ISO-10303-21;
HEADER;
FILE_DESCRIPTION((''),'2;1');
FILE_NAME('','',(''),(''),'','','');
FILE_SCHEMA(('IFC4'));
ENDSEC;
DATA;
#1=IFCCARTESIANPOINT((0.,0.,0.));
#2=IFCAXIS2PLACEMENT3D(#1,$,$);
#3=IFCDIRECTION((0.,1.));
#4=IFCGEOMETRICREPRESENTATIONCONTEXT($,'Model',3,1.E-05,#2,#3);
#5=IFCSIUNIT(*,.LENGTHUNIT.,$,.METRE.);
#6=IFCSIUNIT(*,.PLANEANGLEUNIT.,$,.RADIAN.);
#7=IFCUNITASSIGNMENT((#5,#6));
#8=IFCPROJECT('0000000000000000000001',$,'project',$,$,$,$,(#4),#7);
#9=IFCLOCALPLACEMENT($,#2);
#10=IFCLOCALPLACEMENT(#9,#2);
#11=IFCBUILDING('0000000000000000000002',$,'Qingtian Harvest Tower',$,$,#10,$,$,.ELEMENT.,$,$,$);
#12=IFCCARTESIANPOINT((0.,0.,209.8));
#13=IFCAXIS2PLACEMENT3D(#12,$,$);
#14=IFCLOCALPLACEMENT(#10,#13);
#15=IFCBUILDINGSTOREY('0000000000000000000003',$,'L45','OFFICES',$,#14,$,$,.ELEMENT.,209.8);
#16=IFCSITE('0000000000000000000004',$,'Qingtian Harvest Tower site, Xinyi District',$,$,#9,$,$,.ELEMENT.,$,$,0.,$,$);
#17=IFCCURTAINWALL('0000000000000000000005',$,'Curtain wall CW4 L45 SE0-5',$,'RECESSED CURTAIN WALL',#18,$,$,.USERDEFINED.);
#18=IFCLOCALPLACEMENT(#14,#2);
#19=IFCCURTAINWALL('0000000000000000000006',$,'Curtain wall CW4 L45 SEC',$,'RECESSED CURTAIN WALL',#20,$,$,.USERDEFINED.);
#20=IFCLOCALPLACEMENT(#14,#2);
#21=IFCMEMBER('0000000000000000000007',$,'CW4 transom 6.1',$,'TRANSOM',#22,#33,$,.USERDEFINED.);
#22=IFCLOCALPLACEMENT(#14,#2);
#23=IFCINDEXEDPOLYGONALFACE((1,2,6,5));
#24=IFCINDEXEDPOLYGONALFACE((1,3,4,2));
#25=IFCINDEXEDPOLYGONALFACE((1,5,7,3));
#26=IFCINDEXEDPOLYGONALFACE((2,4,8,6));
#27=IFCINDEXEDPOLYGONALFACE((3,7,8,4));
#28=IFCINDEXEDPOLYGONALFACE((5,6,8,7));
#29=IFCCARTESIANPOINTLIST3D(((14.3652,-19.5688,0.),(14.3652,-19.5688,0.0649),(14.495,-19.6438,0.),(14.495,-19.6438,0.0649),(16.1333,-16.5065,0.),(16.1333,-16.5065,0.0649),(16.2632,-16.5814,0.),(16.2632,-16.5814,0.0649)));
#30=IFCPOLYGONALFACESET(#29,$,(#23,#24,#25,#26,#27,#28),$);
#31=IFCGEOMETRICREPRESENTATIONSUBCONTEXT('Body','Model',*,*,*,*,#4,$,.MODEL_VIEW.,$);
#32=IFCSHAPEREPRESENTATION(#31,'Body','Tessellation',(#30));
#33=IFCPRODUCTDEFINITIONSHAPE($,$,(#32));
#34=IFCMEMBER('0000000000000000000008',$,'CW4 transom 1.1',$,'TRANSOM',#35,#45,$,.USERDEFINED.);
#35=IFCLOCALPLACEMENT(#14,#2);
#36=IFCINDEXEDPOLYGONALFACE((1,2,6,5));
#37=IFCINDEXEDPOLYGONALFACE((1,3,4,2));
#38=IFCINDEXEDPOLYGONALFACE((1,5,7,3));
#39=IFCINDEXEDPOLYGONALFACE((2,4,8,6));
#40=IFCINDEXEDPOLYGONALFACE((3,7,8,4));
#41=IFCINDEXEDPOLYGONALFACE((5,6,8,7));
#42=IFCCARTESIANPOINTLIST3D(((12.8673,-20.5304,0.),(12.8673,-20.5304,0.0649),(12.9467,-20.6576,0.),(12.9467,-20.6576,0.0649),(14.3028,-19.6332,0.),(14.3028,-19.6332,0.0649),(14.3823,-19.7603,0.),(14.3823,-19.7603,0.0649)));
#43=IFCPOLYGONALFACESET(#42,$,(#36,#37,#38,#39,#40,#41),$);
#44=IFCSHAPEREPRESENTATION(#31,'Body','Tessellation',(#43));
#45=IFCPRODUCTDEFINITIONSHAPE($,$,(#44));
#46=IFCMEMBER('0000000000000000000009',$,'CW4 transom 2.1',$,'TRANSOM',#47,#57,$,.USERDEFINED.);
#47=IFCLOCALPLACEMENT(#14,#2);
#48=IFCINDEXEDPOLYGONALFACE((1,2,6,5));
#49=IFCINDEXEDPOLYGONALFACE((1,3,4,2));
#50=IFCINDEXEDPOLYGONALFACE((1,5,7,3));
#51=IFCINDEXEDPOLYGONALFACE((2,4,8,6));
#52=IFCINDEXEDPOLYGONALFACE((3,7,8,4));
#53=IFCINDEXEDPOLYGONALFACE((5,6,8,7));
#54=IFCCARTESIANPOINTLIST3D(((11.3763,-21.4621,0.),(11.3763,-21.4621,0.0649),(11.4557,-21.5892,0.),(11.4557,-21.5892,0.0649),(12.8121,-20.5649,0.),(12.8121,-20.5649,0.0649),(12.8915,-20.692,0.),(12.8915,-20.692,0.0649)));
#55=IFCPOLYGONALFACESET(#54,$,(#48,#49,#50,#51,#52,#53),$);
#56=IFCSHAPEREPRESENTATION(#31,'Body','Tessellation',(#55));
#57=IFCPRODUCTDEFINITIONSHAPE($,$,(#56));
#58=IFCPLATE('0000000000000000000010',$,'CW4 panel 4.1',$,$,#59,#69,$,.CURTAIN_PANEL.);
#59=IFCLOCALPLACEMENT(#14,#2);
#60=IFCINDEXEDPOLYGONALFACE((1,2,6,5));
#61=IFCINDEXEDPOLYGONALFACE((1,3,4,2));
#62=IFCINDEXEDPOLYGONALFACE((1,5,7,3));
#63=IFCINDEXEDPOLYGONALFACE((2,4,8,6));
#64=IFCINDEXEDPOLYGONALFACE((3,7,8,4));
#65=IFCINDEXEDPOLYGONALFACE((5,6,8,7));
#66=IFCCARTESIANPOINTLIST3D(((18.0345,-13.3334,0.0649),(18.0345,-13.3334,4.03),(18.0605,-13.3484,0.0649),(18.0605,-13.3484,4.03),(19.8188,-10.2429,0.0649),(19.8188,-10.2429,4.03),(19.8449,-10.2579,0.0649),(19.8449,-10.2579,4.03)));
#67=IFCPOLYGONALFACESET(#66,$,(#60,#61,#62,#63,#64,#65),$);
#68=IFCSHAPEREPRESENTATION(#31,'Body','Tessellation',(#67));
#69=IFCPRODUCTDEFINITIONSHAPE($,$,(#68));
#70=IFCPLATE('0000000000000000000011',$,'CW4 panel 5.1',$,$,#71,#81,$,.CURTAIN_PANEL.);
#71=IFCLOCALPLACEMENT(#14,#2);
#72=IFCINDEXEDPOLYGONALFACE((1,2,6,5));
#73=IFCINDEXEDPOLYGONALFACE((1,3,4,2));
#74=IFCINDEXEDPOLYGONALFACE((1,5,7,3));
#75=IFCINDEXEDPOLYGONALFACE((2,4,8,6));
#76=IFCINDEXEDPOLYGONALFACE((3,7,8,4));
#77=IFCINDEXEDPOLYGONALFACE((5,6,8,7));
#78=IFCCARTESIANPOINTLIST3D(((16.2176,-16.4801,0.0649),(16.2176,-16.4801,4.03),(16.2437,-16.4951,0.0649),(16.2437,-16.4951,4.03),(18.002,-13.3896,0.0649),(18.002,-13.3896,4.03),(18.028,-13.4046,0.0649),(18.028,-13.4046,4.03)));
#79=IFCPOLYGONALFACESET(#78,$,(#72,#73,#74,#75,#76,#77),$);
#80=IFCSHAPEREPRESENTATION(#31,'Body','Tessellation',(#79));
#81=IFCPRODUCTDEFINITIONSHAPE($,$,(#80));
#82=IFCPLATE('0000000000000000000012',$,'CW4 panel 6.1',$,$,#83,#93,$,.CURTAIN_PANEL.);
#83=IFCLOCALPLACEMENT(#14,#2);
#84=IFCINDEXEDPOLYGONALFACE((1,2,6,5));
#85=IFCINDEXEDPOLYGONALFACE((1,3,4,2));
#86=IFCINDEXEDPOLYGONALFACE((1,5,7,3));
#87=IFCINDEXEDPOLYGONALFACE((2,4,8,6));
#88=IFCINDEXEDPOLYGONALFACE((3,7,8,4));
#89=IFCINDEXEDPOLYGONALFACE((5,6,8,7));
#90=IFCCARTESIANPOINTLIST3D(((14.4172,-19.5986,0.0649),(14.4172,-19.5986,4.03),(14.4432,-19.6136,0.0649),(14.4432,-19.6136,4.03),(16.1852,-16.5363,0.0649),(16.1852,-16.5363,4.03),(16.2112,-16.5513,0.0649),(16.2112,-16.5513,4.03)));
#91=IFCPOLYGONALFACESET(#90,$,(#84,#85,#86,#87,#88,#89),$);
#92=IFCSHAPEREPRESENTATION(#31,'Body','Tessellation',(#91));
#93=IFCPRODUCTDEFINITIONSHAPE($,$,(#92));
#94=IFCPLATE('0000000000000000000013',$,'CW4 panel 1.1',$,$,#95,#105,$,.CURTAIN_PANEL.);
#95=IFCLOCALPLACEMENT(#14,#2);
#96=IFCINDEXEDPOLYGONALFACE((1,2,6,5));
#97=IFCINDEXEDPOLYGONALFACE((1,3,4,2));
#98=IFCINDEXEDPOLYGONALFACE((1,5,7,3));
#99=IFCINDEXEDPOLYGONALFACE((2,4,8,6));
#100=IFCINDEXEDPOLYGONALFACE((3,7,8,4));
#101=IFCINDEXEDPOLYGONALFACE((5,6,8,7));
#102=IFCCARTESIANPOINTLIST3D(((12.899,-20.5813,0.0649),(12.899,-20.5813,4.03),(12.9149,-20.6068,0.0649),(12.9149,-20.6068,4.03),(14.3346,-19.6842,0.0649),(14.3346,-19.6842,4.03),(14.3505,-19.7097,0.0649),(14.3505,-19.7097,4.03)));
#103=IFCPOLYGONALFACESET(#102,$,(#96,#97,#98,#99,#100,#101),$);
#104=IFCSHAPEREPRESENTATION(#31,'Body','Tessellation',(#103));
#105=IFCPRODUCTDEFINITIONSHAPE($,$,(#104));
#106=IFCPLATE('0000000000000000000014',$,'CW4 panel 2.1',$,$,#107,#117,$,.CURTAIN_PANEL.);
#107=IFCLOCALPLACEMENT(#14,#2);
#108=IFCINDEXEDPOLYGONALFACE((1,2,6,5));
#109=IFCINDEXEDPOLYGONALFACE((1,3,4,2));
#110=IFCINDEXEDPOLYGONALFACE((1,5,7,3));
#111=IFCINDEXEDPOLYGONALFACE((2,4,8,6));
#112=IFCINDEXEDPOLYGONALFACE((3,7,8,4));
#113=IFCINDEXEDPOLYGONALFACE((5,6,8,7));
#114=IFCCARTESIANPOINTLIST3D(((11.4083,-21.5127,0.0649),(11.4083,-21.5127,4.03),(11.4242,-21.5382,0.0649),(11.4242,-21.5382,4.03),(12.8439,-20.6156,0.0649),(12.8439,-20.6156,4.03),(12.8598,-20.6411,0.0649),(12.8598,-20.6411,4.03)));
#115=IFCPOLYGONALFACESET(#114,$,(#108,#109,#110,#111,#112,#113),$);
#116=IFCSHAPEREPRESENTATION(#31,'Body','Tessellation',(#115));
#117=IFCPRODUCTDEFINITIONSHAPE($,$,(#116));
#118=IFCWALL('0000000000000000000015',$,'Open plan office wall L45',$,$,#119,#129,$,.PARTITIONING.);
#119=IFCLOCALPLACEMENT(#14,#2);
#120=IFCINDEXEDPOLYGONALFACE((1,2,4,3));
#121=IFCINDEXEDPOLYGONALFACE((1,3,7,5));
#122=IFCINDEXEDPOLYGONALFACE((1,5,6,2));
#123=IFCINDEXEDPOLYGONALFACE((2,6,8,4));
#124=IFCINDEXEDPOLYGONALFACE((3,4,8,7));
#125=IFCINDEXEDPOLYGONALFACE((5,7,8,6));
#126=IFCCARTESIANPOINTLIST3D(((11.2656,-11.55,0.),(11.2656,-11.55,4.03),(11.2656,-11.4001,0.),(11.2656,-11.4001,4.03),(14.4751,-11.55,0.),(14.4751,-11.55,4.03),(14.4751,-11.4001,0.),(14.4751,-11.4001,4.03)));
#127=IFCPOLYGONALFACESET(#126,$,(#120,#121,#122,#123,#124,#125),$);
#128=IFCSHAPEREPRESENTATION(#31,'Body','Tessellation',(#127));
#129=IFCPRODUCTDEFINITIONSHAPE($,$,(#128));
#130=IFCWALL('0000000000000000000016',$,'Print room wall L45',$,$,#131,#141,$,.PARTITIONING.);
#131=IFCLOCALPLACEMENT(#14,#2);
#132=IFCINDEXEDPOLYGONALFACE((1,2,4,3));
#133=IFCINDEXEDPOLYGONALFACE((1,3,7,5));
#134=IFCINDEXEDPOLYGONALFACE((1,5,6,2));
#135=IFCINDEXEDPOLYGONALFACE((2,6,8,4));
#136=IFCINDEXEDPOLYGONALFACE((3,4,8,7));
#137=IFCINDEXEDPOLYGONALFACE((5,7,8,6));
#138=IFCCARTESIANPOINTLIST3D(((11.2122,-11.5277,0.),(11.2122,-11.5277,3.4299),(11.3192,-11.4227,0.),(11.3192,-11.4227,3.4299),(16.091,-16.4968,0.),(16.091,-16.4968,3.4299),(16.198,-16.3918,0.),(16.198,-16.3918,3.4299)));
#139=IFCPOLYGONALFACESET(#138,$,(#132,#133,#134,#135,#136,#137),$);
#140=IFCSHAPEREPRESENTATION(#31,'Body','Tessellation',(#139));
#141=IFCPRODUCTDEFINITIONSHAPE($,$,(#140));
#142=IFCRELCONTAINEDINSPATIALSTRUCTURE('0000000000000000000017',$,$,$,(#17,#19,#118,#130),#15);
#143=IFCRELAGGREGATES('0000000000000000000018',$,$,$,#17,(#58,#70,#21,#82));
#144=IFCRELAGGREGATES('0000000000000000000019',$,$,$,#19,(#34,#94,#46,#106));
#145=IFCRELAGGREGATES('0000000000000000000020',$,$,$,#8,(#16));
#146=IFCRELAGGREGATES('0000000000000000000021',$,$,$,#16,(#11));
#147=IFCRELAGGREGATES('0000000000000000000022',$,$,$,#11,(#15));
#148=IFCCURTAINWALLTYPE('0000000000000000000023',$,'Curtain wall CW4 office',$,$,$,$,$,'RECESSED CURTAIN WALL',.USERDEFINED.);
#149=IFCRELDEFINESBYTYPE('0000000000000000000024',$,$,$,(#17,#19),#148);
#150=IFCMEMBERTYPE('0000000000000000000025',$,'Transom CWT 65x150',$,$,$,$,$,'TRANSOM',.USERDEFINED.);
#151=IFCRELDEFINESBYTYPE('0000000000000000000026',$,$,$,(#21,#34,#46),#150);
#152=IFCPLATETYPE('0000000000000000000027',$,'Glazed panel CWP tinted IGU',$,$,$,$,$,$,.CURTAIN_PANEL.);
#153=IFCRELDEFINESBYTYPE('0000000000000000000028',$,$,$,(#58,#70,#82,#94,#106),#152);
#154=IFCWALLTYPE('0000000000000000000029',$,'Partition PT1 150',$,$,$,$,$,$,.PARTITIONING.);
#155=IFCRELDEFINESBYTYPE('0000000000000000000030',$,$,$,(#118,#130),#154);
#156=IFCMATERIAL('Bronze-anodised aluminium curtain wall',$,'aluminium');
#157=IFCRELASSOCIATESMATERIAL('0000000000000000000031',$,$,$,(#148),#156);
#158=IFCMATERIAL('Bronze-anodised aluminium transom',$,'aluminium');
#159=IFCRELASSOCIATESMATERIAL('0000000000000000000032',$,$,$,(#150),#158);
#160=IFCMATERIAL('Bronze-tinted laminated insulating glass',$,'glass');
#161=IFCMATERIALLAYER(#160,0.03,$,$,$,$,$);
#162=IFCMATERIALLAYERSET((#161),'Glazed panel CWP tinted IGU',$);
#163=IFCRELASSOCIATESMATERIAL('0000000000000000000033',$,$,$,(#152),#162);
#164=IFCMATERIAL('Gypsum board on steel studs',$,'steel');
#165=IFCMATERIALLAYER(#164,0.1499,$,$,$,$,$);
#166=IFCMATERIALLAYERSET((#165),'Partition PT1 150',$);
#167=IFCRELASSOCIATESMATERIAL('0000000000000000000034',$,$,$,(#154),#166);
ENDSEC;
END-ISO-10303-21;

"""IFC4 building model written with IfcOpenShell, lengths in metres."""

from ifc_helpers import new_model, si_unit, direction, frame, frame_2d, origin, origin_2d, place, context, subcontext, project, spatial, rectangle, extrude, material, layer, layer_set, material_profile, profile_set, type_object, element, aggregate, save


model = new_model("IFC4")

# Units and contexts
model_context = context("Model", 3, precision=1e-05, world=origin(), true_north=direction((0.0, 1.0)))
body_context = subcontext(model_context, "Body", "Model", "MODEL_VIEW")
ifc_project = project(units=[si_unit("LENGTHUNIT", "METRE"), si_unit("PLANEANGLEUNIT", "RADIAN")], contexts=[model_context])

# Site, building, storey
site_placement = place(None, origin())
site = spatial("IfcSite", under=ifc_project, at=site_placement, Name="Qingtian Harvest Tower site, Xinyi District", CompositionType="ELEMENT", RefElevation=0.0)
building_placement = place(site_placement, origin())
building = spatial("IfcBuilding", under=site, at=building_placement, Name="Qingtian Harvest Tower", CompositionType="ELEMENT")
storey_placement = place(building_placement, frame((0.0, 0.0, 209.8)))
storey = spatial("IfcBuildingStorey", under=building, at=storey_placement, Name="L45", Description="OFFICES", CompositionType="ELEMENT", Elevation=209.8)

# Curtain walls
ifc_material_1 = material(Name="Bronze-anodised aluminium curtain wall", Category="aluminium")
curtain_wall_type = type_object("IfcCurtainWallType", Name="Curtain wall CW4 office", ElementType="RECESSED CURTAIN WALL", PredefinedType="USERDEFINED", material=ifc_material_1)
curtain_wall_1_placement = place(storey_placement, origin())
curtain_wall_1 = element("IfcCurtainWall", 1, at=curtain_wall_1_placement, inside=storey, type_object=curtain_wall_type, Name="Curtain wall CW4 L45 SE0-5", ObjectType="RECESSED CURTAIN WALL", PredefinedType="USERDEFINED")
curtain_wall_2_placement = place(storey_placement, origin())
curtain_wall_2 = element("IfcCurtainWall", 2, at=curtain_wall_2_placement, inside=storey, type_object=curtain_wall_type, Name="Curtain wall CW4 L45 SEC", ObjectType="RECESSED CURTAIN WALL", PredefinedType="USERDEFINED")

# Members
ifc_material_2 = material(Name="Bronze-anodised aluminium transom", Category="aluminium")
ifc_material_profile_1 = material_profile(ifc_material_2, rectangle(XDim=0.1499, YDim=0.0649, at=origin_2d()), Name="AL 65x150")
ifc_profile_set_1 = profile_set([ifc_material_profile_1], Name="Bronze-anodised aluminium transom")
member_type_1 = type_object("IfcMemberType", Name="Transom CWT 65x150", ElementType="TRANSOM", PredefinedType="USERDEFINED", material=ifc_profile_set_1)
member_1_placement = place(storey_placement, frame((16.1982, -16.5439, 0.0325), z_axis=(-0.500015, -0.866017, 0.0), x_axis=(0.866017, -0.500015, 0.0)))
member_1 = element("IfcMember", 3, at=member_1_placement, type_object=member_type_1, Name="CW4 transom 6.1", ObjectType="TRANSOM", PredefinedType="USERDEFINED", context=body_context, shape_type="SweptSolid", body=[
    extrude(rectangle(XDim=0.1499, YDim=0.0649, at=origin_2d()), origin(), (0.0, 0.0, 1.0), 3.5361),
])
member_2_placement = place(storey_placement, frame((14.3425, -19.6968, 0.0325), z_axis=(-0.847998, -0.529999, 0.0), x_axis=(0.529999, -0.847998, 0.0)))
member_2 = element("IfcMember", 4, at=member_2_placement, type_object=member_type_1, Name="CW4 transom 1.1", ObjectType="TRANSOM", PredefinedType="USERDEFINED", context=body_context, shape_type="SweptSolid", body=[
    extrude(rectangle(XDim=0.1499, YDim=0.0649, at=origin_2d()), origin(), (0.0, 0.0, 1.0), 1.6929),
])
member_3_placement = place(storey_placement, frame((12.8518, -20.6284, 0.0325), z_axis=(-0.848039, -0.529934, 0.0), x_axis=(0.529934, -0.848039, 0.0)))
member_3 = element("IfcMember", 5, at=member_3_placement, type_object=member_type_1, Name="CW4 transom 2.1", ObjectType="TRANSOM", PredefinedType="USERDEFINED", context=body_context, shape_type="SweptSolid", body=[
    extrude(rectangle(XDim=0.1499, YDim=0.0649, at=origin_2d()), origin(), (0.0, 0.0, 1.0), 1.6931),
])

# Plates
ifc_material_3 = material(Name="Bronze-tinted laminated insulating glass", Category="glass")
ifc_layer_1 = layer(ifc_material_3, 0.03)
ifc_layer_set_1 = layer_set([ifc_layer_1], Name="Glazed panel CWP tinted IGU")
plate_type = type_object("IfcPlateType", Name="Glazed panel CWP tinted IGU", PredefinedType="CURTAIN_PANEL", material=ifc_layer_set_1)
plate_1_placement = place(storey_placement, frame((18.9397, -11.7957, 0.0649), z_axis=(0.0, 0.0, 1.0), x_axis=(-0.5, -0.866025, 0.0)))
plate_1 = element("IfcPlate", 6, at=plate_1_placement, type_object=plate_type, Name="CW4 panel 4.1", PredefinedType="CURTAIN_PANEL", context=body_context, shape_type="SweptSolid", body=[
    extrude(rectangle(XDim=3.5686, YDim=0.03, at=origin_2d()), origin(), (0.0, 0.0, 1.0), 3.9651),
])
plate_2_placement = place(storey_placement, frame((17.1228, -14.9424, 0.0649), z_axis=(0.0, 0.0, 1.0), x_axis=(-0.5, -0.866025, 0.0)))
plate_2 = element("IfcPlate", 7, at=plate_2_placement, type_object=plate_type, Name="CW4 panel 5.1", PredefinedType="CURTAIN_PANEL", context=body_context, shape_type="SweptSolid", body=[
    extrude(rectangle(XDim=3.5686, YDim=0.03, at=origin_2d()), origin(), (0.0, 0.0, 1.0), 3.9651),
])
plate_3_placement = place(storey_placement, frame((15.3142, -18.075, 0.0649), z_axis=(0.0, 0.0, 1.0), x_axis=(-0.5, -0.866025, 0.0)))
plate_3 = element("IfcPlate", 8, at=plate_3_placement, type_object=plate_type, Name="CW4 panel 6.1", PredefinedType="CURTAIN_PANEL", context=body_context, shape_type="SweptSolid", body=[
    extrude(rectangle(XDim=3.5361, YDim=0.03, at=origin_2d()), origin(), (0.0, 0.0, 1.0), 3.9651),
])
aggregate(curtain_wall_1, [plate_1, plate_2, member_1, plate_3])
plate_4_placement = place(storey_placement, frame((13.6248, -20.1455, 0.0649), z_axis=(0.0, 0.0, 1.0), x_axis=(-0.848048, -0.529919, 0.0)))
plate_4 = element("IfcPlate", 9, at=plate_4_placement, type_object=plate_type, Name="CW4 panel 1.1", PredefinedType="CURTAIN_PANEL", context=body_context, shape_type="SweptSolid", body=[
    extrude(rectangle(XDim=1.6929, YDim=0.03, at=origin_2d()), origin(), (0.0, 0.0, 1.0), 3.9651),
])
plate_5_placement = place(storey_placement, frame((12.134, -21.0769, 0.0649), z_axis=(0.0, 0.0, 1.0), x_axis=(-0.848048, -0.529919, 0.0)))
plate_5 = element("IfcPlate", 10, at=plate_5_placement, type_object=plate_type, Name="CW4 panel 2.1", PredefinedType="CURTAIN_PANEL", context=body_context, shape_type="SweptSolid", body=[
    extrude(rectangle(XDim=1.6929, YDim=0.03, at=origin_2d()), origin(), (0.0, 0.0, 1.0), 3.9651),
])
aggregate(curtain_wall_2, [member_2, plate_4, member_3, plate_5])

# Walls
ifc_material_4 = material(Name="Gypsum board on steel studs", Category="steel")
ifc_layer_2 = layer(ifc_material_4, 0.1499)
ifc_layer_set_2 = layer_set([ifc_layer_2], Name="Partition PT1 150")
wall_type = type_object("IfcWallType", Name="Partition PT1 150", PredefinedType="PARTITIONING", material=ifc_layer_set_2)
wall_1_placement = place(storey_placement, frame((14.4751, -11.4751, 0.0), z_axis=(0.0, 0.0, 1.0), x_axis=(-1.0, 0.0, 0.0)))
element("IfcWall", 11, at=wall_1_placement, inside=storey, type_object=wall_type, Name="Open plan office wall L45", PredefinedType="PARTITIONING", context=body_context, shape_type="SweptSolid", body=[
    extrude(rectangle(XDim=3.2095, YDim=0.1499, at=frame_2d((1.6047, 0.0))), origin(), (0.0, 0.0, 1.0), 4.03),
])
wall_2_placement = place(storey_placement, frame((16.1445, -16.4443, 0.0), z_axis=(0.0, 0.0, 1.0), x_axis=(-0.700591, 0.713563, 0.0)))
element("IfcWall", 12, at=wall_2_placement, inside=storey, type_object=wall_type, Name="Print room wall L45", PredefinedType="PARTITIONING", context=body_context, shape_type="SweptSolid", body=[
    extrude(rectangle(XDim=6.9639, YDim=0.1499, at=frame_2d((3.4819, 0.0))), origin(), (0.0, 0.0, 1.0), 3.4299),
])

save(model, "model.ifc")
